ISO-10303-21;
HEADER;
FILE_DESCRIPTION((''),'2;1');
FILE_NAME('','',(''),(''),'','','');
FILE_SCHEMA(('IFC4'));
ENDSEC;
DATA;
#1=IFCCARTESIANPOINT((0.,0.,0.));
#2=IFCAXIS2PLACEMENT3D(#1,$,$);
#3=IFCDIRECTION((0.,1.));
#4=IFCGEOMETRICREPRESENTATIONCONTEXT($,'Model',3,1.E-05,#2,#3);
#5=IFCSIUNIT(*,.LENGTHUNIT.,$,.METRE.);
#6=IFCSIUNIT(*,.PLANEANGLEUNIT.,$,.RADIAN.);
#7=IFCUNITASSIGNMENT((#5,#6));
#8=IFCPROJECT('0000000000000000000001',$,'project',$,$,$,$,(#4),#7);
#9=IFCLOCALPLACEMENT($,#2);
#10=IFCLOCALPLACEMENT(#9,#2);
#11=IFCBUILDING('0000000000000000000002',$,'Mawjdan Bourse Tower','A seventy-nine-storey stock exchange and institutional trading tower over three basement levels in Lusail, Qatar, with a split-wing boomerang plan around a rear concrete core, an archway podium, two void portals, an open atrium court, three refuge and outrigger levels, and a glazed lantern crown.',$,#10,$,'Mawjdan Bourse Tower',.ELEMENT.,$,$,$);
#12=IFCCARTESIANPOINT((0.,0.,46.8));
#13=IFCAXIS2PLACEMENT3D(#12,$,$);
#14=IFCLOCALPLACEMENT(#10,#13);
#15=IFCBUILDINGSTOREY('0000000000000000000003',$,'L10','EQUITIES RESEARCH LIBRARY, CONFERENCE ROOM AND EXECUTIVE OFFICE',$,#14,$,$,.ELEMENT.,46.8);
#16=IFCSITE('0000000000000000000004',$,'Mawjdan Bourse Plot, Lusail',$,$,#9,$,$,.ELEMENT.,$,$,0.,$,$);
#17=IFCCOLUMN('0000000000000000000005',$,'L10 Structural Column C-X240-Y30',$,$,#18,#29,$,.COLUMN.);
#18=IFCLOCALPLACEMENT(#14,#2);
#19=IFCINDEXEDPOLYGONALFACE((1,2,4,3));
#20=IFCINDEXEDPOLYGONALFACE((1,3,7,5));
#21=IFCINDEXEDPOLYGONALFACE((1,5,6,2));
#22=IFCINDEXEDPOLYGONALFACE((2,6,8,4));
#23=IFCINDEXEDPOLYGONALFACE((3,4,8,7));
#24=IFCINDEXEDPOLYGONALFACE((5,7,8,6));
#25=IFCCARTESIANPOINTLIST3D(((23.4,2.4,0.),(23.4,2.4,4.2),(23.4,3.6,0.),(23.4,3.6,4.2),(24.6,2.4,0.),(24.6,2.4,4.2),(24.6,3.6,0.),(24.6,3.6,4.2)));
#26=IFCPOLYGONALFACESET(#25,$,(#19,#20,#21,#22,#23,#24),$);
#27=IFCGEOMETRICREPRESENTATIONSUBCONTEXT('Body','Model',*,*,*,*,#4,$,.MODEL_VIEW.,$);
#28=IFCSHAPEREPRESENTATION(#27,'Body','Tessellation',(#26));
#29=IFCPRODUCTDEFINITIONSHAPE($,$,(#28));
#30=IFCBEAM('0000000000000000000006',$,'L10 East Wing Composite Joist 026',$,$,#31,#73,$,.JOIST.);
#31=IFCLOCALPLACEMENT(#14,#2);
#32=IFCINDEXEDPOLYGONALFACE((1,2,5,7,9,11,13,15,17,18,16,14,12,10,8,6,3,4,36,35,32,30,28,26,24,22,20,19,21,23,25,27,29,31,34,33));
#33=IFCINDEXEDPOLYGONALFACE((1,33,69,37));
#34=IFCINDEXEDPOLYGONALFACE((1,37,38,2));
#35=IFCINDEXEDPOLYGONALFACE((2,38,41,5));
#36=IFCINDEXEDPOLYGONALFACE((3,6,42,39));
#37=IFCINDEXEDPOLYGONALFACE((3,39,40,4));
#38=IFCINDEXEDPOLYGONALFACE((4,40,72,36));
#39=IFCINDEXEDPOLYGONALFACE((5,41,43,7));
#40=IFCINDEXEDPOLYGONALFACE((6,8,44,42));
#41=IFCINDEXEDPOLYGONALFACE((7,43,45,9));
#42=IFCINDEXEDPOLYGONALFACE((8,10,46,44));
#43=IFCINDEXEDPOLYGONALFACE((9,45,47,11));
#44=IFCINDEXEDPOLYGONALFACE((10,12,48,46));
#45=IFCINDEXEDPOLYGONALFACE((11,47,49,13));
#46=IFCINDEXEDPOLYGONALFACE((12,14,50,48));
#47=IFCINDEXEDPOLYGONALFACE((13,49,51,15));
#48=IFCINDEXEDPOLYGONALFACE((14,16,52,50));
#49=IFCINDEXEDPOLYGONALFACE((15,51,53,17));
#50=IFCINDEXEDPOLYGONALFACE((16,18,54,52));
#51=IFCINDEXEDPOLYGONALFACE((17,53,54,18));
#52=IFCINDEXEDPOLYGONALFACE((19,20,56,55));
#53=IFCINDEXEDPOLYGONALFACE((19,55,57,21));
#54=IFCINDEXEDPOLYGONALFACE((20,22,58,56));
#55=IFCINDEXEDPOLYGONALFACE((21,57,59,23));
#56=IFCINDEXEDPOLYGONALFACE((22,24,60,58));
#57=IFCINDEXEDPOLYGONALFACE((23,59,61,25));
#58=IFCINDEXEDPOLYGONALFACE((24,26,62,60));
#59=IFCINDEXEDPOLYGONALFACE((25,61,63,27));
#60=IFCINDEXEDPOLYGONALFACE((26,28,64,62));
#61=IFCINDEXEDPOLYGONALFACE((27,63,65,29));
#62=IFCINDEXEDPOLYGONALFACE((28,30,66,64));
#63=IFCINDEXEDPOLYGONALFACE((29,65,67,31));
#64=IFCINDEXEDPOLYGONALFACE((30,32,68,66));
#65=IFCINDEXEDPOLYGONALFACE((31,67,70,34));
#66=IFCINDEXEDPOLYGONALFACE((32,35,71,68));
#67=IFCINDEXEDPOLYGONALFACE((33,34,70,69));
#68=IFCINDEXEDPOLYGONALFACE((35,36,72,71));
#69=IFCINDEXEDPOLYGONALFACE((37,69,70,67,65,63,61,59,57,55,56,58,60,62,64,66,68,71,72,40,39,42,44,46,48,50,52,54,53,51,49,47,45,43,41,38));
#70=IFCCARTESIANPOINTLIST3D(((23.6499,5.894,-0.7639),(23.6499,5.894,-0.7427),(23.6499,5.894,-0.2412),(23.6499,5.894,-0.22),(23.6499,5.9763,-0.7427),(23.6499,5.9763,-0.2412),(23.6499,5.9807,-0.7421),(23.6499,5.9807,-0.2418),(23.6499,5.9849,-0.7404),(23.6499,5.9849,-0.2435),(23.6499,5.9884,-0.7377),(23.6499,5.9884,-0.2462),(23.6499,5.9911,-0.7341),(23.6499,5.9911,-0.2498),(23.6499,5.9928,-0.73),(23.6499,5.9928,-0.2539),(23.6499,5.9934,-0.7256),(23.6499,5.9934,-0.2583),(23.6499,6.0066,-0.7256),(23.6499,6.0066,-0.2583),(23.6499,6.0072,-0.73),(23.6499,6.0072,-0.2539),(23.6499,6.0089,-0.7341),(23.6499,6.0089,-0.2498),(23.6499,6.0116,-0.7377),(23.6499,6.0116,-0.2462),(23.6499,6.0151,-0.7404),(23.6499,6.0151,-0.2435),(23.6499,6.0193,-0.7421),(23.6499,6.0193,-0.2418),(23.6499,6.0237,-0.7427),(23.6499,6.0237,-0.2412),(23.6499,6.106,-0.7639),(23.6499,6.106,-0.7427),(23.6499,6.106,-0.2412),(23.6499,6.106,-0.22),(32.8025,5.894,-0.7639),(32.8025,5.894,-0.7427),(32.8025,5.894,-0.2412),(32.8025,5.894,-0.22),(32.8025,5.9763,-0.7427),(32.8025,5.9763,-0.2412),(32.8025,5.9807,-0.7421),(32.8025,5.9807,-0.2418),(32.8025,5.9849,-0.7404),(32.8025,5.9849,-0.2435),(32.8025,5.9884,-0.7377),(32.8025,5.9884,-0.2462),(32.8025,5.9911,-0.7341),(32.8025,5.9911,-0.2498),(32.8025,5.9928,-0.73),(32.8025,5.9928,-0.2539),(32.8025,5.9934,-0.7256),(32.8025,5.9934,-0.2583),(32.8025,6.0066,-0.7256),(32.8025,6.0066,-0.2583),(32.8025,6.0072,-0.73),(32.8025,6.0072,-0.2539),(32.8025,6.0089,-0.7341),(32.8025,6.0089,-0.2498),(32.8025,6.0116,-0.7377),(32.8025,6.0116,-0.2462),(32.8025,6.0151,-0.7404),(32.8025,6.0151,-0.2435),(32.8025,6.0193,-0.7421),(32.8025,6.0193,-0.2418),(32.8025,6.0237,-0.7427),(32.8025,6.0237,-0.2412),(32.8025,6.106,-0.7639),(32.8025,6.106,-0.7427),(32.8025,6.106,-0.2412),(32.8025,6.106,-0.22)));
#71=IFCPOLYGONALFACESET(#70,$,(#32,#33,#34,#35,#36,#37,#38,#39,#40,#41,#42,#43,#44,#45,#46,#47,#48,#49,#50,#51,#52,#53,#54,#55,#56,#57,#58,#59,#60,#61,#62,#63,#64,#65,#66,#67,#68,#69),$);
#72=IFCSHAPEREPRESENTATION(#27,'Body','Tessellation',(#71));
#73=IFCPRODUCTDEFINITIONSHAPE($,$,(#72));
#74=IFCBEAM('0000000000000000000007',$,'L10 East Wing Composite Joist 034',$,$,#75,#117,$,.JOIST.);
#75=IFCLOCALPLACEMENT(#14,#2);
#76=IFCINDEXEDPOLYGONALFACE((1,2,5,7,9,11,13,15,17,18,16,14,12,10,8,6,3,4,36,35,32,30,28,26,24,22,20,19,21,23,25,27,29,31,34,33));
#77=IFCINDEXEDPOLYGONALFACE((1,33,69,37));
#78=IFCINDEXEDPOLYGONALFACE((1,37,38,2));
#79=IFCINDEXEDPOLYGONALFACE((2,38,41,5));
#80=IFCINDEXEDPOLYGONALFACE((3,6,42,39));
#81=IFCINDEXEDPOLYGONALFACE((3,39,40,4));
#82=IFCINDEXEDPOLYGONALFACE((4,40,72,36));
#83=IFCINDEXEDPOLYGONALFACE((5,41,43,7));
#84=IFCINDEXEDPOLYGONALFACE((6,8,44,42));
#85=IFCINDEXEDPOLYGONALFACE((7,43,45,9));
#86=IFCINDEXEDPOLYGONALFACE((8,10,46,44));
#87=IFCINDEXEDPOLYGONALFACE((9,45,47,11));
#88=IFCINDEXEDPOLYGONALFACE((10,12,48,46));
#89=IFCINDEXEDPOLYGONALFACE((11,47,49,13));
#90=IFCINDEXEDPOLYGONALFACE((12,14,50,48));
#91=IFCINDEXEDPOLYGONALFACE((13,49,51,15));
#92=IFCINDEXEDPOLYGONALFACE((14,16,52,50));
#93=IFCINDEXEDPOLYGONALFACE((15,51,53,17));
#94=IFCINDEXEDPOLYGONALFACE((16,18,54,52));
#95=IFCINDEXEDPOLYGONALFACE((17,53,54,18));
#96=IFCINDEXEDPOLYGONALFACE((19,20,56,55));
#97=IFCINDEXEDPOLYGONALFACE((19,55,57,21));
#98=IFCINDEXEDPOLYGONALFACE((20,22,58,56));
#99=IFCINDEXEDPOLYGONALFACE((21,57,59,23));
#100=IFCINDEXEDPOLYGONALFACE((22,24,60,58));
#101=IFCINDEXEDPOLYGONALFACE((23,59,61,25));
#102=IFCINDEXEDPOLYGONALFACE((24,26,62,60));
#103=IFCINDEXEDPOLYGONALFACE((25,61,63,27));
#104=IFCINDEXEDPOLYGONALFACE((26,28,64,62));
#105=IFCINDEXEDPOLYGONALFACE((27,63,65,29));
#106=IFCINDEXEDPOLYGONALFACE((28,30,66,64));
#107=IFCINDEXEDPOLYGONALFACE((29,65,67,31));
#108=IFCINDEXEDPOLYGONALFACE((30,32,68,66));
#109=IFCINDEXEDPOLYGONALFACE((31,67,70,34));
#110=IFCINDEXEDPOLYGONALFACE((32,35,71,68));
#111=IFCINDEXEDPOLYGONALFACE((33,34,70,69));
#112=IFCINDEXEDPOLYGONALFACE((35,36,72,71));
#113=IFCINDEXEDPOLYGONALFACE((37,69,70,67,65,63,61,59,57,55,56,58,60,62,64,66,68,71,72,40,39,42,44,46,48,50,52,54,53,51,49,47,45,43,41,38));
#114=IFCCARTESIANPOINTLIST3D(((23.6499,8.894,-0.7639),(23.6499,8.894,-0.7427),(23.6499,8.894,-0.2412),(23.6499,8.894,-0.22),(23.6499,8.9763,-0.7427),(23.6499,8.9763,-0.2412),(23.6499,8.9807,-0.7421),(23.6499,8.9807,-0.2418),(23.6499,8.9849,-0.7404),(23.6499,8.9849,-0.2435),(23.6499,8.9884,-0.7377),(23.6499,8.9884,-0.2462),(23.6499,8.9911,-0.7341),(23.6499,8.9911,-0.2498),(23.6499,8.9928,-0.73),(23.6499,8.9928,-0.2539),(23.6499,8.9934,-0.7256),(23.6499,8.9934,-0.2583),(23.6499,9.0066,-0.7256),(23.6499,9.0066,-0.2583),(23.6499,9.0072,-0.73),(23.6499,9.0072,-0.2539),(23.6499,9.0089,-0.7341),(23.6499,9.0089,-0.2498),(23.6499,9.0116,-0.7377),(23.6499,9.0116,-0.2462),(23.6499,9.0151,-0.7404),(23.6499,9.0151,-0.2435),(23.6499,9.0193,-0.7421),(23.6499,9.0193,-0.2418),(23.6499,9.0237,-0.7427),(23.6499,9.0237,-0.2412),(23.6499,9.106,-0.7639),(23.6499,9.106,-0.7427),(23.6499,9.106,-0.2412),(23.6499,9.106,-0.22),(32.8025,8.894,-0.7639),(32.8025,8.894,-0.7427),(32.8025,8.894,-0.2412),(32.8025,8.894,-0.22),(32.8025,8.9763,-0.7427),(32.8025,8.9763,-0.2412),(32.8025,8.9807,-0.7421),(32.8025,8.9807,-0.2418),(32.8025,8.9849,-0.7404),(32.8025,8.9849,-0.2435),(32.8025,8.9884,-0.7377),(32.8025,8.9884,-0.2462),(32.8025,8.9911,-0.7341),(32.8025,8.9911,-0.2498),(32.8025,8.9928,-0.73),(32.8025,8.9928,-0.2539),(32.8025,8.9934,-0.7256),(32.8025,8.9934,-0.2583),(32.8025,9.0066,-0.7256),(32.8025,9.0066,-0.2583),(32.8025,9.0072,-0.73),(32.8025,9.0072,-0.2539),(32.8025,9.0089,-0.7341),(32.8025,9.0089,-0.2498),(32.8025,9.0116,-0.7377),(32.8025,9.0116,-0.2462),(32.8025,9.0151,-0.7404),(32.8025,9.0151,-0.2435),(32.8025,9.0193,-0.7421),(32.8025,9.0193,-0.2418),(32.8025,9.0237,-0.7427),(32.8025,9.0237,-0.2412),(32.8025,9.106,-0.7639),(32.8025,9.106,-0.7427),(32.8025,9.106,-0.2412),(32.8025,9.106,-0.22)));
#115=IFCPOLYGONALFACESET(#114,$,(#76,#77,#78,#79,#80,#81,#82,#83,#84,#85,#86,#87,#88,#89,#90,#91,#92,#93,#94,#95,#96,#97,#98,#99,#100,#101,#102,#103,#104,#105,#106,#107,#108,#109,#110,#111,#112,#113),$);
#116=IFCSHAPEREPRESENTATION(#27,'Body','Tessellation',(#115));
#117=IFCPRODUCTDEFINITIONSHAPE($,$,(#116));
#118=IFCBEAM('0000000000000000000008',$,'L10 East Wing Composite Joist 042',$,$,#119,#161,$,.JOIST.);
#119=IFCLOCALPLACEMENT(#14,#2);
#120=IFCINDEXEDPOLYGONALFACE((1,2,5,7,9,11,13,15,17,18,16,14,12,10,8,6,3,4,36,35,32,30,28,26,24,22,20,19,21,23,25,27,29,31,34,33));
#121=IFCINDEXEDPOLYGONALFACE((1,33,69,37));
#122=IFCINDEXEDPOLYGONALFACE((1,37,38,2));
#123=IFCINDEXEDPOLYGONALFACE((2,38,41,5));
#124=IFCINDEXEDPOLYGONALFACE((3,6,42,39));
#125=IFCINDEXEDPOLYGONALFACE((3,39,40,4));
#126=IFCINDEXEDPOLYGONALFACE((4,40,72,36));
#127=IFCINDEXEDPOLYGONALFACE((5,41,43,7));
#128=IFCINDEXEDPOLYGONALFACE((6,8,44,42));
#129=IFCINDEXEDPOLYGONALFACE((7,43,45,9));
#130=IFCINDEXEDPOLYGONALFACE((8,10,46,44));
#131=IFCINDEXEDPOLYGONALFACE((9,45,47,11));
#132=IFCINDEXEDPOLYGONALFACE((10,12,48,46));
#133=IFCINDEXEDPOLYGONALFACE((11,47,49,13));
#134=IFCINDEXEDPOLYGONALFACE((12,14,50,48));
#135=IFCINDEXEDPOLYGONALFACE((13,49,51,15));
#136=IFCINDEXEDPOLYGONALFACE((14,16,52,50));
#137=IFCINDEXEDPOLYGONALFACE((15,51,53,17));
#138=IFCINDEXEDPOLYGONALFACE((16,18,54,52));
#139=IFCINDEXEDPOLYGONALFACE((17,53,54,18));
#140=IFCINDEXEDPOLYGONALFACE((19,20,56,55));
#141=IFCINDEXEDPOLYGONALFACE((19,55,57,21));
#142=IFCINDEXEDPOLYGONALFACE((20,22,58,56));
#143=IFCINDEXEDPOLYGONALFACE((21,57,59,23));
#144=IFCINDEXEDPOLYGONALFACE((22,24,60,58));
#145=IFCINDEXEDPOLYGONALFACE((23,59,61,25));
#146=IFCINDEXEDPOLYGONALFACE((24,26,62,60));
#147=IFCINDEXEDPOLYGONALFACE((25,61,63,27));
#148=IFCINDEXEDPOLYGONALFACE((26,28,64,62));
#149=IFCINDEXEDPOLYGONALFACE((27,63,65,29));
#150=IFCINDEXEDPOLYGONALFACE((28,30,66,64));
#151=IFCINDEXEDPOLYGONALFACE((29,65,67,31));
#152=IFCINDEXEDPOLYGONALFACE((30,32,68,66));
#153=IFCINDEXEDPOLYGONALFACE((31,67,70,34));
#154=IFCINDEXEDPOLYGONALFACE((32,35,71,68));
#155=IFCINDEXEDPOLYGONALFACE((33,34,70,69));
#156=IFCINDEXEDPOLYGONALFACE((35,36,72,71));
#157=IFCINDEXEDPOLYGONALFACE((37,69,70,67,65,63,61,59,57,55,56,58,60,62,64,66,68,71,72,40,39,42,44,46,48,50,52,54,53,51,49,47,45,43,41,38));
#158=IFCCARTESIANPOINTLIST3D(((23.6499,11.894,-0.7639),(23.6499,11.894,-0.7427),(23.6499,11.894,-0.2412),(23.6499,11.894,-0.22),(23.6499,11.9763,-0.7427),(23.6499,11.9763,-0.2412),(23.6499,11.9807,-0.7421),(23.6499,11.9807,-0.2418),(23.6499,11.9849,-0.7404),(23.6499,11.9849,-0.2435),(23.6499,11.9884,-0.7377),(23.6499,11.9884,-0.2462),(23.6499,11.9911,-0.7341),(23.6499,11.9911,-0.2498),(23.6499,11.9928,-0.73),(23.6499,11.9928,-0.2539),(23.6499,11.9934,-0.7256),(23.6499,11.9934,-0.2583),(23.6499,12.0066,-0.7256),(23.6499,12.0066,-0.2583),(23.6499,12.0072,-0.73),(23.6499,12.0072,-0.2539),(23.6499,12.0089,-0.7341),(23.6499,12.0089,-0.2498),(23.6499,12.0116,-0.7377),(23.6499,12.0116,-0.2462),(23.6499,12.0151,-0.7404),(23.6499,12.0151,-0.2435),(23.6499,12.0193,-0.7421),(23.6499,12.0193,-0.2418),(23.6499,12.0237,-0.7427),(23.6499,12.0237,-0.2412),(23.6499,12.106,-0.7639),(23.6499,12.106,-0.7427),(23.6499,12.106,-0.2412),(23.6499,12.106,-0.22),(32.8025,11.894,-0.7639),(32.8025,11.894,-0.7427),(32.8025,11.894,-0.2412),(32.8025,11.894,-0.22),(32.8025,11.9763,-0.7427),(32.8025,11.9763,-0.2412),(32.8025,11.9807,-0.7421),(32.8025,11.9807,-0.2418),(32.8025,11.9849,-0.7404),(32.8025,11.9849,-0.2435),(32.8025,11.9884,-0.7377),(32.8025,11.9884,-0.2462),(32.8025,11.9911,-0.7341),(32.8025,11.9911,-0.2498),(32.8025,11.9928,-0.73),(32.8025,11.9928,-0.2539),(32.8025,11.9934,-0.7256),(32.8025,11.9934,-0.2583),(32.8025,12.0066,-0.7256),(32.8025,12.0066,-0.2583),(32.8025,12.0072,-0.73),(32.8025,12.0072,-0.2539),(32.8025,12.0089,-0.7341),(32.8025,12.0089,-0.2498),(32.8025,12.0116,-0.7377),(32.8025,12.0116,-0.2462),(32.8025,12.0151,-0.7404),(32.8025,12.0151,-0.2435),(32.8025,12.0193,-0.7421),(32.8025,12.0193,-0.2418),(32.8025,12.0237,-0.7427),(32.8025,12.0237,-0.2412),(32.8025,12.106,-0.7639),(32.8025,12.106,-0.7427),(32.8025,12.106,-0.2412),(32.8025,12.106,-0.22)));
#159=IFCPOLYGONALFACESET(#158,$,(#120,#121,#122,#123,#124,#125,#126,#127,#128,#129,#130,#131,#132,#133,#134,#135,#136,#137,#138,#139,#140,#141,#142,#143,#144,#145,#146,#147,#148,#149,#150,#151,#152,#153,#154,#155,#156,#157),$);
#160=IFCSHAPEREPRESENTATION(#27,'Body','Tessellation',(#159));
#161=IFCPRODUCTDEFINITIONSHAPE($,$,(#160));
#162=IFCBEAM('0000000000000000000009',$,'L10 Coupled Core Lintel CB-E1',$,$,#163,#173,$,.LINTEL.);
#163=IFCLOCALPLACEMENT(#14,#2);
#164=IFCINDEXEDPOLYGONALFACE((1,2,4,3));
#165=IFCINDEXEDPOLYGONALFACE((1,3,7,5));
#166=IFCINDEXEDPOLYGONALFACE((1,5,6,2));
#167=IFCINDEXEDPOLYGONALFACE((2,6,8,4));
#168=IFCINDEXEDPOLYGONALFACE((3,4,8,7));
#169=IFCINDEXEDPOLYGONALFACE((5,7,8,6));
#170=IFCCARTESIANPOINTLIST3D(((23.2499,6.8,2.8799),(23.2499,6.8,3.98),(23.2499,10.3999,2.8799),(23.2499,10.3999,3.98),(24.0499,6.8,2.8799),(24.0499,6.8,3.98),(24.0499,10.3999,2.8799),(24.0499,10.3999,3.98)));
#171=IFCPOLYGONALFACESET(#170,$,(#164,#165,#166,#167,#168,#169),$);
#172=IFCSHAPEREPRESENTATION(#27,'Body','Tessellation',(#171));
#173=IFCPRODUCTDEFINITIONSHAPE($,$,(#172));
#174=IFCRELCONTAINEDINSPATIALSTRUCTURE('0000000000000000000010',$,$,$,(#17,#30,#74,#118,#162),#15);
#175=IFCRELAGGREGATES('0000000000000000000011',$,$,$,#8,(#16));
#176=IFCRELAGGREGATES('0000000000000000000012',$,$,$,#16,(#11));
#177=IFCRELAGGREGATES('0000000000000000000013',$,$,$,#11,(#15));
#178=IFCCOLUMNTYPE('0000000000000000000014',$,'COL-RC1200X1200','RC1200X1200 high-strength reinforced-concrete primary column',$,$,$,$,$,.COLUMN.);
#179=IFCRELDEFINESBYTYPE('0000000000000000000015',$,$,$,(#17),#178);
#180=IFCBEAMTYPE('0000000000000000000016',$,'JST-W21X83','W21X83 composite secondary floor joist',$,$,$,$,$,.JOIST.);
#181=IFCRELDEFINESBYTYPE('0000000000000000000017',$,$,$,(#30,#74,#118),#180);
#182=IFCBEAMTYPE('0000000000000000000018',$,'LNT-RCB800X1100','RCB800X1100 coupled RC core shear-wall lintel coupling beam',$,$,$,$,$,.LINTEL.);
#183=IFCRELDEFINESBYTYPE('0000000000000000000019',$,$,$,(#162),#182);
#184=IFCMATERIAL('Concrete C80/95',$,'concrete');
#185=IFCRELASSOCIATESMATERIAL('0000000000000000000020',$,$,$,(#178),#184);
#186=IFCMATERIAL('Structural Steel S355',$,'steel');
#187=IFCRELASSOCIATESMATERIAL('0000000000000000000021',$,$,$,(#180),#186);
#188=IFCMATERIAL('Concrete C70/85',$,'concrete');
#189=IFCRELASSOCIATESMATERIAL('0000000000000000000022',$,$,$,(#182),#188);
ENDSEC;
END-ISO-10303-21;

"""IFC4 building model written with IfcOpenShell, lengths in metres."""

from ifc_helpers import new_model, si_unit, direction, frame, origin, origin_2d, place, context, subcontext, project, spatial, rectangle, i_section, extrude, material, material_profile, profile_set, type_object, element, save


model = new_model("IFC4")

# Units and contexts
model_context = context("Model", 3, precision=1e-05, world=origin(), true_north=direction((0.0, 1.0)))
body_context = subcontext(model_context, "Body", "Model", "MODEL_VIEW")
ifc_project = project(units=[si_unit("LENGTHUNIT", "METRE"), si_unit("PLANEANGLEUNIT", "RADIAN")], contexts=[model_context])

# Site, building, storey
site_placement = place(None, origin())
site = spatial("IfcSite", under=ifc_project, at=site_placement, Name="Mawjdan Bourse Plot, Lusail", CompositionType="ELEMENT", RefElevation=0.0)
building_placement = place(site_placement, origin())
building = spatial("IfcBuilding", under=site, at=building_placement, Name="Mawjdan Bourse Tower", Description="A seventy-nine-storey stock exchange and institutional trading tower over three basement levels in Lusail, Qatar, with a split-wing boomerang plan around a rear concrete core, an archway podium, two void portals, an open atrium court, three refuge and outrigger levels, and a glazed lantern crown.", LongName="Mawjdan Bourse Tower", CompositionType="ELEMENT")
storey_placement = place(building_placement, frame((0.0, 0.0, 46.8)))
storey = spatial("IfcBuildingStorey", under=building, at=storey_placement, Name="L10", Description="EQUITIES RESEARCH LIBRARY, CONFERENCE ROOM AND EXECUTIVE OFFICE", CompositionType="ELEMENT", Elevation=46.8)

# Column
ifc_material_1 = material(Name="Concrete C80/95", Category="concrete")
ifc_material_profile_1 = material_profile(ifc_material_1, rectangle(XDim=1.2, YDim=1.2, at=origin_2d()), Name="RC1200X1200")
ifc_profile_set_1 = profile_set([ifc_material_profile_1], Name="Concrete C80/95")
column_type = type_object("IfcColumnType", Name="COL-RC1200X1200", Description="RC1200X1200 high-strength reinforced-concrete primary column", PredefinedType="COLUMN", material=ifc_profile_set_1)
column_placement = place(storey_placement, frame((24.0, 3.0, 0.0), z_axis=(0.0, 0.0, 1.0), x_axis=(1.0, 0.0, 0.0)))
element("IfcColumn", 1, at=column_placement, inside=storey, type_object=column_type, Name="L10 Structural Column C-X240-Y30", PredefinedType="COLUMN", context=body_context, shape_type="SweptSolid", body=[
    extrude(rectangle(XDim=1.2, YDim=1.2, at=origin_2d()), origin(), (0.0, 0.0, 1.0), 4.2),
])

# Beams
ifc_material_2 = material(Name="Structural Steel S355", Category="steel")
ifc_material_profile_2 = material_profile(ifc_material_2, i_section(OverallWidth=0.2119, OverallDepth=0.5439, WebThickness=0.0132, FlangeThickness=0.0212, FilletRadius=0.0171, at=origin_2d()), Name="W21X83")
ifc_profile_set_2 = profile_set([ifc_material_profile_2], Name="Structural Steel S355")
beam_type_1 = type_object("IfcBeamType", Name="JST-W21X83", Description="W21X83 composite secondary floor joist", PredefinedType="JOIST", material=ifc_profile_set_2)
for number, where, z_axis, x_axis, name in (
    (2, (23.6499, 6.0, -0.4919), (1.0, 0.0, 0.0), (0.0, 1.0, 0.0), "L10 East Wing Composite Joist 026"),
    (3, (23.6499, 9.0, -0.4919), (1.0, 0.0, 0.0), (0.0, 1.0, 0.0), "L10 East Wing Composite Joist 034"),
    (4, (23.6499, 12.0, -0.4919), (1.0, 0.0, 0.0), (0.0, 1.0, 0.0), "L10 East Wing Composite Joist 042"),
):
    element("IfcBeam", number, at=place(storey_placement, frame(where, z_axis=z_axis, x_axis=x_axis)), inside=storey, type_object=beam_type_1, Name=name, PredefinedType="JOIST", context=body_context, shape_type="SweptSolid", body=[
        extrude(i_section(OverallWidth=0.2119, OverallDepth=0.5439, WebThickness=0.0132, FlangeThickness=0.0212, FilletRadius=0.0171, at=origin_2d()), origin(), (0.0, 0.0, 1.0), 9.1526),
    ])
ifc_material_3 = material(Name="Concrete C70/85", Category="concrete")
ifc_material_profile_3 = material_profile(ifc_material_3, rectangle(XDim=0.8, YDim=1.1001, at=origin_2d()), Name="RCB800X1100")
ifc_profile_set_3 = profile_set([ifc_material_profile_3], Name="Concrete C70/85")
beam_type_2 = type_object("IfcBeamType", Name="LNT-RCB800X1100", Description="RCB800X1100 coupled RC core shear-wall lintel coupling beam", PredefinedType="LINTEL", material=ifc_profile_set_3)
beam_1_placement = place(storey_placement, frame((23.6499, 6.8, 3.4299), z_axis=(0.0, 1.0, 0.0), x_axis=(-1.0, 0.0, 0.0)))
element("IfcBeam", 5, at=beam_1_placement, inside=storey, type_object=beam_type_2, Name="L10 Coupled Core Lintel CB-E1", PredefinedType="LINTEL", context=body_context, shape_type="SweptSolid", body=[
    extrude(rectangle(XDim=0.8, YDim=1.1001, at=origin_2d()), origin(), (0.0, 0.0, 1.0), 3.5999),
])

save(model, "model.ifc")
